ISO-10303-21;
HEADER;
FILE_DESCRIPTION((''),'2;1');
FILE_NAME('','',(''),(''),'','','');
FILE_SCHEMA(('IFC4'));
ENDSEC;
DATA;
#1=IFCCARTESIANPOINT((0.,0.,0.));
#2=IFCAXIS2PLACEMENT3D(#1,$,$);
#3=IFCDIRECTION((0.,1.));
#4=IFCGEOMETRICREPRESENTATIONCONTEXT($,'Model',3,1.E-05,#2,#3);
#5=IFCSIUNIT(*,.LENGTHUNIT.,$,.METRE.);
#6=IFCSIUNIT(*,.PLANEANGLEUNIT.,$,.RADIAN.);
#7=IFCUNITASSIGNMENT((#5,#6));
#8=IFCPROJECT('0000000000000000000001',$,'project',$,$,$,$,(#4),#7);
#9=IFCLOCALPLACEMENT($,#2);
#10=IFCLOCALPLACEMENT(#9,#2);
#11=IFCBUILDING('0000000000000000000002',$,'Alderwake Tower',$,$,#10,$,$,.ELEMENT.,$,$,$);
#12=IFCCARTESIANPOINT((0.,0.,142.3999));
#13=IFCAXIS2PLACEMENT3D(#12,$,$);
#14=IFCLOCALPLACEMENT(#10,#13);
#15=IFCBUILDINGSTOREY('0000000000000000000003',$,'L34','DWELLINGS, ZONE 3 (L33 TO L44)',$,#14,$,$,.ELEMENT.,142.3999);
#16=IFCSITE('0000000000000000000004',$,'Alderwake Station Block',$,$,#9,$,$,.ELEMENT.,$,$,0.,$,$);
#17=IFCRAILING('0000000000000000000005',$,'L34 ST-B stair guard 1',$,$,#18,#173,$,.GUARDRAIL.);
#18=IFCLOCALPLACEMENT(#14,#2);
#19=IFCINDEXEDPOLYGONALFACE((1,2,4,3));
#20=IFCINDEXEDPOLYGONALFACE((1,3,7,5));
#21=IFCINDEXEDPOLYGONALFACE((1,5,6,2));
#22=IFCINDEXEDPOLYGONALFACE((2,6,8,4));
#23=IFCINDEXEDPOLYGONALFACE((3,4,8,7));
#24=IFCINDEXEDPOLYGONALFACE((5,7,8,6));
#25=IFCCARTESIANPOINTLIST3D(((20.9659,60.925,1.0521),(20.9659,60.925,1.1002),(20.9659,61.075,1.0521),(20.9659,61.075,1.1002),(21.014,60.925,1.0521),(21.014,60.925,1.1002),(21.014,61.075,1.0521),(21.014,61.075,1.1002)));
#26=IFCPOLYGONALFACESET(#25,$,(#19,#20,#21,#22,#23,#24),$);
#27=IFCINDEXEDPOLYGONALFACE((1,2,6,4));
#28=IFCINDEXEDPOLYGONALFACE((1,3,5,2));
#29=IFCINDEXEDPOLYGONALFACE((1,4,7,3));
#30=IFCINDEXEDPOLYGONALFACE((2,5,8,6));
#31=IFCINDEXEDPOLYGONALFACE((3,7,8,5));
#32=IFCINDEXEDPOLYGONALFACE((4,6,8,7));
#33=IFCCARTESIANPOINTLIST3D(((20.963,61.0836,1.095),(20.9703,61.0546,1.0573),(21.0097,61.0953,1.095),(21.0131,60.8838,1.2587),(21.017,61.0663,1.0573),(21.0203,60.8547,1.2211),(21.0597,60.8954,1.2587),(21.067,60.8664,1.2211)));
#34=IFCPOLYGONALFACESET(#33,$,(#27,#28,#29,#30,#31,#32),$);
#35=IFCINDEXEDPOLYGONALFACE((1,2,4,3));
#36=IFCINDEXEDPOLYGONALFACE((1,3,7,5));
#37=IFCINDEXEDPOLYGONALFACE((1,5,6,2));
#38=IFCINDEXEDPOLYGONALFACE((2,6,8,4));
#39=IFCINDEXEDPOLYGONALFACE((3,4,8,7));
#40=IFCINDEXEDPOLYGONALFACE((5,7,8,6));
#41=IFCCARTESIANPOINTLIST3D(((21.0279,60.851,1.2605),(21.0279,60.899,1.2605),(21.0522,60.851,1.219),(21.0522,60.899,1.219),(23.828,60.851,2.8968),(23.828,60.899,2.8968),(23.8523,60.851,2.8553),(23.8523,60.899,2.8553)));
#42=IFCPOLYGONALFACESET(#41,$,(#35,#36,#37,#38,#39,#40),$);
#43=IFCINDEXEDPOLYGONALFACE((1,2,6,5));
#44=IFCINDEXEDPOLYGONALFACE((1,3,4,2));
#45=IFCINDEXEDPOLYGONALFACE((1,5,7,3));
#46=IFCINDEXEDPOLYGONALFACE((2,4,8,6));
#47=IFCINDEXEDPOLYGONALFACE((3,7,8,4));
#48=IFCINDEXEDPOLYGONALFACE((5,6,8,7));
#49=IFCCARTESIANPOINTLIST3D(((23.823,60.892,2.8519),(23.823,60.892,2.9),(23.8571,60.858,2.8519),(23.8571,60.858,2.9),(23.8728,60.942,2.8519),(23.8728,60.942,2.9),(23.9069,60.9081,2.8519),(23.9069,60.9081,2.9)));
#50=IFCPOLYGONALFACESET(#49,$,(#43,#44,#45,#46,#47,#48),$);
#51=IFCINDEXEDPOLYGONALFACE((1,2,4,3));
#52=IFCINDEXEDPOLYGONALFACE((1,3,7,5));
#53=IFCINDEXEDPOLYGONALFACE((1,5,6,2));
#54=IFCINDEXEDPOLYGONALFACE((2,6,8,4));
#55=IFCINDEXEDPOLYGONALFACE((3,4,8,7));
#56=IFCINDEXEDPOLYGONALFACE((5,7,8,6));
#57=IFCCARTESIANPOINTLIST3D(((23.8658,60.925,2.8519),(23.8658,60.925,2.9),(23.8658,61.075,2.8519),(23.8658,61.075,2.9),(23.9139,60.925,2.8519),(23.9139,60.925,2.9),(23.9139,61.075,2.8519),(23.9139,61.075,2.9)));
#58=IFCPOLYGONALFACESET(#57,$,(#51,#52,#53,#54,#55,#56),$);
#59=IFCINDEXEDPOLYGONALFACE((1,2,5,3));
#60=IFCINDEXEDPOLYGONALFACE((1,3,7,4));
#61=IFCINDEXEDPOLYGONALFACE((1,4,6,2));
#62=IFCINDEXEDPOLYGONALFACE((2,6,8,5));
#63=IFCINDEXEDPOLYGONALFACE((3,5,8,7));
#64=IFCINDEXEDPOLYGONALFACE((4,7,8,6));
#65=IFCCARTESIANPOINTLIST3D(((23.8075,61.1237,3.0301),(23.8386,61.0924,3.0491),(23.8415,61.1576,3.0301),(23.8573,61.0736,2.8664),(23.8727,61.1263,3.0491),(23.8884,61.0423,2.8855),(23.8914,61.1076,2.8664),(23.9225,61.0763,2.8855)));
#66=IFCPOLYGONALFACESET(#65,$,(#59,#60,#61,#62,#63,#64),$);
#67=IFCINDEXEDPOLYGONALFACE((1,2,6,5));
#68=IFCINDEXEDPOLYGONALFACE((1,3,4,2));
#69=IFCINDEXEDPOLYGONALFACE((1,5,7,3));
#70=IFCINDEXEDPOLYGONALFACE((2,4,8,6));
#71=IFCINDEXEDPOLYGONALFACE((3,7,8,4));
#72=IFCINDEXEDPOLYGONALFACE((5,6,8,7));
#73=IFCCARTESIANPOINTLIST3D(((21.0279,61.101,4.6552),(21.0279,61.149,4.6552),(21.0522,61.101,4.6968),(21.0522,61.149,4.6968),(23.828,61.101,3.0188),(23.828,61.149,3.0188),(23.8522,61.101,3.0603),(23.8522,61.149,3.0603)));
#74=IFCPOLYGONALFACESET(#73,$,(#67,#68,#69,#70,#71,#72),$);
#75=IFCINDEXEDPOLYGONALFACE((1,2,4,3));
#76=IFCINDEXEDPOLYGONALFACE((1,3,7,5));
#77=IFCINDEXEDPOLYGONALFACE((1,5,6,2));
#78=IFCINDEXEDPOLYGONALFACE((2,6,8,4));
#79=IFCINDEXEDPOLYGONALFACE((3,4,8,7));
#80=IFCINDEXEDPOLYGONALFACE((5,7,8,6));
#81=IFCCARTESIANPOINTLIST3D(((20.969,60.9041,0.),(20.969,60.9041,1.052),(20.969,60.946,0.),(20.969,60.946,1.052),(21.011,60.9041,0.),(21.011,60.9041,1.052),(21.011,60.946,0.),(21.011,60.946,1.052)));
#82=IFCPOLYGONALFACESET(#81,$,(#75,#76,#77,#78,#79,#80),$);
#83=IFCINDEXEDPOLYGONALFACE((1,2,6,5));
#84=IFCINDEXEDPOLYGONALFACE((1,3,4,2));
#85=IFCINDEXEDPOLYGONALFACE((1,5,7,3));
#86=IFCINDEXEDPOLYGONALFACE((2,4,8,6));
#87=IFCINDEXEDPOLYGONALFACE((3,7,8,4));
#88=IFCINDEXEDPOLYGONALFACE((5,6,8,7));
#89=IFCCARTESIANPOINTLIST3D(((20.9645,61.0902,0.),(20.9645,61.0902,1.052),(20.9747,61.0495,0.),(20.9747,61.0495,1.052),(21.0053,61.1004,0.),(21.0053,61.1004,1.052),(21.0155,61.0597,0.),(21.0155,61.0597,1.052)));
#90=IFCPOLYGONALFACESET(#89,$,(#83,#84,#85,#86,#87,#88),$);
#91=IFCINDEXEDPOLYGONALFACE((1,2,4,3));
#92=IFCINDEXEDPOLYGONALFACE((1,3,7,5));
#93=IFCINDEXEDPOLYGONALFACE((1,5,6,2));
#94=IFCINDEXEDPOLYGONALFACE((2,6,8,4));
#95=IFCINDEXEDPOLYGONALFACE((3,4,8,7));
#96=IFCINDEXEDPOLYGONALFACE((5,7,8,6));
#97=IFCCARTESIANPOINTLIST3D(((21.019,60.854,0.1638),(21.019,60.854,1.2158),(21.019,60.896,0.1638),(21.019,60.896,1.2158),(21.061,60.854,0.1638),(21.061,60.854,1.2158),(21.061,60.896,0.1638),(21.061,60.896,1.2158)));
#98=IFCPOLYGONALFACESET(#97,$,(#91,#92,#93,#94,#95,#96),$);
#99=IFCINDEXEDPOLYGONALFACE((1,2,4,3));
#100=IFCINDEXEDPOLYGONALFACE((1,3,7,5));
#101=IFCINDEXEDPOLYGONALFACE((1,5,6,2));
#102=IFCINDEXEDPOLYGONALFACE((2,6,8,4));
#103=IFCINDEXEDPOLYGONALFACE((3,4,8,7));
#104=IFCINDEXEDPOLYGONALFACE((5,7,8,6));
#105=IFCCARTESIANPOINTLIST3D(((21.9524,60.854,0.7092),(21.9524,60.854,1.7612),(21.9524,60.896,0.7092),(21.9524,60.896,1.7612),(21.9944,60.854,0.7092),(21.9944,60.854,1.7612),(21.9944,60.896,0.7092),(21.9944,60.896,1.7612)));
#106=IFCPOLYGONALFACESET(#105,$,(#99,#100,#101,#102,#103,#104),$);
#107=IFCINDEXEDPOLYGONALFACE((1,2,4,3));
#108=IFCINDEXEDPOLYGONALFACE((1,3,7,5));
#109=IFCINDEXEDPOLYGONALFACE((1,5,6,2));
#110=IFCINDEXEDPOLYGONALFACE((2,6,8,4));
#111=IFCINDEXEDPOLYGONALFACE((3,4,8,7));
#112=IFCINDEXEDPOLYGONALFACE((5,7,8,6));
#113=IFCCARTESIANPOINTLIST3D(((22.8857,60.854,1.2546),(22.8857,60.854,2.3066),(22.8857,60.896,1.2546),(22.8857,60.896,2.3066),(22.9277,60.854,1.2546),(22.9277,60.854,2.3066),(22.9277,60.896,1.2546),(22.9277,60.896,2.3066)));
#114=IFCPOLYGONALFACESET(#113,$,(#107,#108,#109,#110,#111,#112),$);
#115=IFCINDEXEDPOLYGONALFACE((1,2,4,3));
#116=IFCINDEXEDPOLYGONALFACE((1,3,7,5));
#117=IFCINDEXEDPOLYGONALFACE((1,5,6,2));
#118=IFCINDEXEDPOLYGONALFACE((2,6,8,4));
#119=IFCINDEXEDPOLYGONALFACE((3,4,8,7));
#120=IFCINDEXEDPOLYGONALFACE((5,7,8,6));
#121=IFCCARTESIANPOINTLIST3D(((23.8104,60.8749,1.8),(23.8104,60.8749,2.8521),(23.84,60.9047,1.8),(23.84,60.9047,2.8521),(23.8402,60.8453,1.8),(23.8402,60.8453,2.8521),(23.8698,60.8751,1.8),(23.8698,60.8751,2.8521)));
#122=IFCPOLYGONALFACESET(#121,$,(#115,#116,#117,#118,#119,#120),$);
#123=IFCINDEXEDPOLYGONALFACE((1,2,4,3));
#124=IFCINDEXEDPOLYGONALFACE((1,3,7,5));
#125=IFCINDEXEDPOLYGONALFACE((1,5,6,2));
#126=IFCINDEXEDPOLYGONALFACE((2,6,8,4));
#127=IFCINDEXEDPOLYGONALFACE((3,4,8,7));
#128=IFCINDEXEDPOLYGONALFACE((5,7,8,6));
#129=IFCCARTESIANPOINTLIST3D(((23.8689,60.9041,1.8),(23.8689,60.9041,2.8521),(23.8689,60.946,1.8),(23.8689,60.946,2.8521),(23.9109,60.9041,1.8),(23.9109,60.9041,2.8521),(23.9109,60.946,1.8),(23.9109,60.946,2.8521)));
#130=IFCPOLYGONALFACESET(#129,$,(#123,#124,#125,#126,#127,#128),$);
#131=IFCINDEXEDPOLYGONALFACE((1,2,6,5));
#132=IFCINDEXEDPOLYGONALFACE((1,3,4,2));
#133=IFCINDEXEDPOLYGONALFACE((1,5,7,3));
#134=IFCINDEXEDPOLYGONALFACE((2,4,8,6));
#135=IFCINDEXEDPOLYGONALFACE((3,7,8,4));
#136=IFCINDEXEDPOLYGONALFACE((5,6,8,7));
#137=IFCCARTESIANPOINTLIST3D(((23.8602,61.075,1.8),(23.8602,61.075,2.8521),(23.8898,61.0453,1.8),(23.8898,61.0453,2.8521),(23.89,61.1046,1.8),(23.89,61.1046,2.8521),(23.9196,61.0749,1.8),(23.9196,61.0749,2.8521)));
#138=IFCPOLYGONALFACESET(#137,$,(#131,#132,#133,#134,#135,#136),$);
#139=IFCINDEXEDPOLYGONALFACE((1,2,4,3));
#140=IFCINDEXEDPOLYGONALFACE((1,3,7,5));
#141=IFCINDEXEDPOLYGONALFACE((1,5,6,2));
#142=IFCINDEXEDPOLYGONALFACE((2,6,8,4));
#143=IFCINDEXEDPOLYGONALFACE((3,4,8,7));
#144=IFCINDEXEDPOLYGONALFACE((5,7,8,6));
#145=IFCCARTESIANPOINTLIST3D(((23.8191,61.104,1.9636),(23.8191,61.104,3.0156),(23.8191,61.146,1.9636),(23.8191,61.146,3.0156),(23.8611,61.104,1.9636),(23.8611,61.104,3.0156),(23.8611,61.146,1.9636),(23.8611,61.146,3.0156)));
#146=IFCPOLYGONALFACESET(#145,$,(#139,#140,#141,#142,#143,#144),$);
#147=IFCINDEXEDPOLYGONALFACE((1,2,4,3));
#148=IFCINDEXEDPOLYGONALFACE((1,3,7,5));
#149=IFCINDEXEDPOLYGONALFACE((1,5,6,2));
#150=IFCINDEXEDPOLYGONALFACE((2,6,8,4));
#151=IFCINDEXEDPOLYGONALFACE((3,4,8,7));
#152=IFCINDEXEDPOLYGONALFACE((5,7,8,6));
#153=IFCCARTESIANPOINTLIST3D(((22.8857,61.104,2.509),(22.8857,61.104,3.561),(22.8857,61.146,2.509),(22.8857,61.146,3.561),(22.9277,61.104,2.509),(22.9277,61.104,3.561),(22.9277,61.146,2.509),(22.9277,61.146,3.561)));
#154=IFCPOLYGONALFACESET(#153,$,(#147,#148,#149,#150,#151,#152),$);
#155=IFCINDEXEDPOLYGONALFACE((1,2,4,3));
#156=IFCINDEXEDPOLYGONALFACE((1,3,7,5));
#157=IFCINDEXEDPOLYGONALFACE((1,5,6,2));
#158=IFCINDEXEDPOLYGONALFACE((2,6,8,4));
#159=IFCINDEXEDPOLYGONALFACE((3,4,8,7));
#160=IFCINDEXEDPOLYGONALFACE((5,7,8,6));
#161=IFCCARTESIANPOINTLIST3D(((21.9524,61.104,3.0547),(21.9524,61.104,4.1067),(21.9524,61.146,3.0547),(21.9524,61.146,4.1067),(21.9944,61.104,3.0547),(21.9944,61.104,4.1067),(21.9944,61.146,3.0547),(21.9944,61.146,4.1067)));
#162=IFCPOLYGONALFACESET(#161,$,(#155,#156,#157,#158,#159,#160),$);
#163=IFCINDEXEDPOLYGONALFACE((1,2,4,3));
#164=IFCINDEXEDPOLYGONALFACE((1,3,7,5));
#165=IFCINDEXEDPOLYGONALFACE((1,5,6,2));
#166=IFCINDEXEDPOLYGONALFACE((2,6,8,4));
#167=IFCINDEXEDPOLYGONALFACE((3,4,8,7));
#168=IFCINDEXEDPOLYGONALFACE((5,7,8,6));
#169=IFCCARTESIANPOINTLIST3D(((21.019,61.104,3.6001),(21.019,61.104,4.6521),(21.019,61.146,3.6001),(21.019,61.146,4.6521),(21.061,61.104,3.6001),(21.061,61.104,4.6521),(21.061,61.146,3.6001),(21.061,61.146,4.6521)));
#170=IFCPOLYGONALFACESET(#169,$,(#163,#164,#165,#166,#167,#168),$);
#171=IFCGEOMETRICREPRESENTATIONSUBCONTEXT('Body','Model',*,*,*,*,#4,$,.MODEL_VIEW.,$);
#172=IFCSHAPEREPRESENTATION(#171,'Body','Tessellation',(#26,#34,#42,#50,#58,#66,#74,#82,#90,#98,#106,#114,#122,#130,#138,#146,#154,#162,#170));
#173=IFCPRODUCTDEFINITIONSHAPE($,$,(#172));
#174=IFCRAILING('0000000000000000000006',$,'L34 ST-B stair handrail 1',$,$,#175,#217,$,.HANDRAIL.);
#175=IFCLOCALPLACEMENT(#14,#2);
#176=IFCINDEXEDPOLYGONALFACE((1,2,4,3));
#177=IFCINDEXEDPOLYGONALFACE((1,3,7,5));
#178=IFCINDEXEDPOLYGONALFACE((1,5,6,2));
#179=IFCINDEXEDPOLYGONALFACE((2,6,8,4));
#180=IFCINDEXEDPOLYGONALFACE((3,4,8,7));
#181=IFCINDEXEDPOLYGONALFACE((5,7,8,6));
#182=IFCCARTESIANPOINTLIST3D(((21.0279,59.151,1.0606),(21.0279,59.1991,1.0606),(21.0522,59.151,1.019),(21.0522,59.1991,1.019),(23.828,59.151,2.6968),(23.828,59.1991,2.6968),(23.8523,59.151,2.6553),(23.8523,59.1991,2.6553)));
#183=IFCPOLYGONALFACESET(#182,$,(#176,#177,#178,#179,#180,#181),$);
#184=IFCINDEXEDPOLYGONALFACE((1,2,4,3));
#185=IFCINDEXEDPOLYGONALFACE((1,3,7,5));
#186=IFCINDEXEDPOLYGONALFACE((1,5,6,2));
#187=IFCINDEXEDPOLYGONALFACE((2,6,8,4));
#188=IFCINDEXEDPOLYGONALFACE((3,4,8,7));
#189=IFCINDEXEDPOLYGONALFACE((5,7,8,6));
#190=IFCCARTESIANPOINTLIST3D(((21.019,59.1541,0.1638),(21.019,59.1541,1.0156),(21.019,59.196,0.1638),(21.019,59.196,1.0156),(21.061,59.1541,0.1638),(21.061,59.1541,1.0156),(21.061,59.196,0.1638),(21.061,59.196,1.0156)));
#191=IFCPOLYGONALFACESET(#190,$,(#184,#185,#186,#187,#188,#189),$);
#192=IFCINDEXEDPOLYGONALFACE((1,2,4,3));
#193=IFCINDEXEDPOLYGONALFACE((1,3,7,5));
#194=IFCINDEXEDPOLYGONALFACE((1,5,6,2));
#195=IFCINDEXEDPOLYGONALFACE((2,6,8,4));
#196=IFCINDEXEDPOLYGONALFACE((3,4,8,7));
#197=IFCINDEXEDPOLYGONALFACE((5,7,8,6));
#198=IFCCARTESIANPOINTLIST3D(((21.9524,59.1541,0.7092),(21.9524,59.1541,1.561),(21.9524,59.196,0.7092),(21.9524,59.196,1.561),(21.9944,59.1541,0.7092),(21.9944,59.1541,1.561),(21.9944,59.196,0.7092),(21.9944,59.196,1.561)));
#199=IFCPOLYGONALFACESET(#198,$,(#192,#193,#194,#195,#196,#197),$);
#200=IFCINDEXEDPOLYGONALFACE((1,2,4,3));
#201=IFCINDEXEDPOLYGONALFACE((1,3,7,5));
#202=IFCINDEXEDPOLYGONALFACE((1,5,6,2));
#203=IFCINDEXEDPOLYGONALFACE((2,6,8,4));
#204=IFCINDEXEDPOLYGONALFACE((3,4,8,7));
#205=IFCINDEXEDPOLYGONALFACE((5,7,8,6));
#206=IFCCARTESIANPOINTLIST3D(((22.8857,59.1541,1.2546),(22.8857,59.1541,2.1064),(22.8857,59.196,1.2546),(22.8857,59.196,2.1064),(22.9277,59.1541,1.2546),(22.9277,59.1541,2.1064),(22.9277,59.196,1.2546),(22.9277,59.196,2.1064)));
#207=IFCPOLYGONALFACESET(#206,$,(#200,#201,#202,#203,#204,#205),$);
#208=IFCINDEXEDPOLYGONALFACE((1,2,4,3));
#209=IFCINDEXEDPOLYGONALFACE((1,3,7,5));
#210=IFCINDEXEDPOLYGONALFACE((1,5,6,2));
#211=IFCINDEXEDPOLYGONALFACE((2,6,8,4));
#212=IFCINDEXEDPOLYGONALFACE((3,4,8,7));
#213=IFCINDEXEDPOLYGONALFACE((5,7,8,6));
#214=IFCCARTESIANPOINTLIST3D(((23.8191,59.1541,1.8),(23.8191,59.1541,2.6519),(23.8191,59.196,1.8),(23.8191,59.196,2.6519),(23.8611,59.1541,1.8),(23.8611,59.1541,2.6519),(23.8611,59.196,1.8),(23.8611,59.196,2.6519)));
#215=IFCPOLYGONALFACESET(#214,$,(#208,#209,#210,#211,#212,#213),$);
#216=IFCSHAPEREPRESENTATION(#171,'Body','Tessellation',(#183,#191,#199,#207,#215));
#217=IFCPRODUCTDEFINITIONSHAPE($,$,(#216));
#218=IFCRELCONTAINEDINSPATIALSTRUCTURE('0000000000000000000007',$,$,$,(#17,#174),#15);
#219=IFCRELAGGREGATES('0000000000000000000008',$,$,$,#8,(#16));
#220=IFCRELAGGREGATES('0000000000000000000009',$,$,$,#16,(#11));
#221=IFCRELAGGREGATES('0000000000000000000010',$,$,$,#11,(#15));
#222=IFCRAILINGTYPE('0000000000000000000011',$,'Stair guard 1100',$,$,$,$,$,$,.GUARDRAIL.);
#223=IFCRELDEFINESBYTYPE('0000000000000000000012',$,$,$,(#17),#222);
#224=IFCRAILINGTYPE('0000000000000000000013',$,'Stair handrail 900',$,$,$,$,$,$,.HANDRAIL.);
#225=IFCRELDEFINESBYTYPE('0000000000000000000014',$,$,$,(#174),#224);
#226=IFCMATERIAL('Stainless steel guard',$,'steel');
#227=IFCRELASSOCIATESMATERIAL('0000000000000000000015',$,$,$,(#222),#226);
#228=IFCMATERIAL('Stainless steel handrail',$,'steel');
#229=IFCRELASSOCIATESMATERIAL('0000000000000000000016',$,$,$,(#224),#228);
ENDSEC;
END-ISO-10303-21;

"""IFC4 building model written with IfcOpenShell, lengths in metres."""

from ifc_helpers import new_model, si_unit, direction, frame, origin, origin_with_axes, origin_2d, place, context, subcontext, project, spatial, rectangle, extrude, material, type_object, element, save


model = new_model("IFC4")

# Units and contexts
model_context = context("Model", 3, precision=1e-05, world=origin(), true_north=direction((0.0, 1.0)))
body_context = subcontext(model_context, "Body", "Model", "MODEL_VIEW")
ifc_project = project(units=[si_unit("LENGTHUNIT", "METRE"), si_unit("PLANEANGLEUNIT", "RADIAN")], contexts=[model_context])

# Site, building, storey
site_placement = place(None, origin())
site = spatial("IfcSite", under=ifc_project, at=site_placement, Name="Alderwake Station Block", CompositionType="ELEMENT", RefElevation=0.0)
building_placement = place(site_placement, origin())
building = spatial("IfcBuilding", under=site, at=building_placement, Name="Alderwake Tower", CompositionType="ELEMENT")
storey_placement = place(building_placement, frame((0.0, 0.0, 142.3999)))
storey = spatial("IfcBuildingStorey", under=building, at=storey_placement, Name="L34", Description="DWELLINGS, ZONE 3 (L33 TO L44)", CompositionType="ELEMENT", Elevation=142.3999)

# Railings
ifc_material_1 = material(Name="Stainless steel guard", Category="steel")
railing_type_1 = type_object("IfcRailingType", Name="Stair guard 1100", PredefinedType="GUARDRAIL", material=ifc_material_1)
railing_1_placement = place(storey_placement, frame((20.99, 60.925, 0.0)))
element("IfcRailing", 1, at=railing_1_placement, inside=storey, type_object=railing_type_1, Name="L34 ST-B stair guard 1", PredefinedType="GUARDRAIL", context=body_context, shape_type="SweptSolid", body=[
    extrude(rectangle(XDim=0.0481, YDim=0.0481, at=origin_2d()), frame((0.0, 0.0, 1.0762), z_axis=(0.0, 1.0, 0.0), x_axis=(-1.0, 0.0, 0.0)), (0.0, 0.0, 1.0), 0.1499),
    extrude(rectangle(XDim=0.0481, YDim=0.0481, at=origin_2d()), frame((0.0, 0.1499, 1.0762), z_axis=(0.19009, -0.759432, 0.622197), x_axis=(0.970073, 0.242814, 0.0)), (0.0, 0.0, 1.0), 0.2632),
    extrude(rectangle(XDim=0.0481, YDim=0.0481, at=origin_2d()), frame((0.05, -0.05, 1.2397), z_axis=(0.863394, 0.0, 0.504531), x_axis=(0.0, 1.0, 0.0)), (0.0, 0.0, 1.0), 3.2432),
    extrude(rectangle(XDim=0.0481, YDim=0.0481, at=origin_2d()), frame((2.8501, -0.05, 2.876), z_axis=(0.705376, 0.708834, 0.0), x_axis=(-0.708834, 0.705376, 0.0)), (0.0, 0.0, 1.0), 0.0706),
    extrude(rectangle(XDim=0.0481, YDim=0.0481, at=origin_2d()), frame((2.8999, 0.0, 2.876), z_axis=(0.0, 1.0, 0.0), x_axis=(-1.0, 0.0, 0.0)), (0.0, 0.0, 1.0), 0.1499),
    extrude(rectangle(XDim=0.0481, YDim=0.0481, at=origin_2d()), frame((2.8999, 0.1499, 2.876), z_axis=(-0.279546, 0.280917, 0.918118), x_axis=(-0.708834, -0.705376, 0.0)), (0.0, 0.0, 1.0), 0.1782),
    extrude(rectangle(XDim=0.0481, YDim=0.0481, at=origin_2d()), frame((2.8501, 0.2, 3.0396), z_axis=(-0.863361, 0.0, 0.504587), x_axis=(0.0, -1.0, 0.0)), (0.0, 0.0, 1.0), 3.2432),
    extrude(rectangle(XDim=0.042, YDim=0.042, at=origin_2d()), frame((0.0, 0.0, 0.0), z_axis=(0.0, 0.0, 1.0), x_axis=(0.0, 1.0, 0.0)), (0.0, 0.0, 1.0), 1.052),
    extrude(rectangle(XDim=0.042, YDim=0.042, at=origin_2d()), frame((0.0, 0.1499, 0.0), z_axis=(0.0, 0.0, 1.0), x_axis=(0.242814, -0.970073, 0.0)), (0.0, 0.0, 1.0), 1.052),
    extrude(rectangle(XDim=0.042, YDim=0.042, at=origin_2d()), frame((0.05, -0.05, 0.1638), z_axis=(0.0, 0.0, 1.0), x_axis=(1.0, 0.0, 0.0)), (0.0, 0.0, 1.0), 1.052),
    extrude(rectangle(XDim=0.042, YDim=0.042, at=origin_2d()), frame((0.9834, -0.05, 0.7092), z_axis=(0.0, 0.0, 1.0), x_axis=(1.0, 0.0, 0.0)), (0.0, 0.0, 1.0), 1.052),
    extrude(rectangle(XDim=0.042, YDim=0.042, at=origin_2d()), frame((1.9167, -0.05, 1.2546), z_axis=(0.0, 0.0, 1.0), x_axis=(1.0, 0.0, 0.0)), (0.0, 0.0, 1.0), 1.052),
    extrude(rectangle(XDim=0.042, YDim=0.042, at=origin_2d()), frame((2.8501, -0.05, 1.8), z_axis=(0.0, 0.0, 1.0), x_axis=(0.705376, 0.708834, 0.0)), (0.0, 0.0, 1.0), 1.052),
    extrude(rectangle(XDim=0.042, YDim=0.042, at=origin_2d()), frame((2.8999, 0.0, 1.8), z_axis=(0.0, 0.0, 1.0), x_axis=(0.0, 1.0, 0.0)), (0.0, 0.0, 1.0), 1.052),
    extrude(rectangle(XDim=0.042, YDim=0.042, at=origin_2d()), frame((2.8999, 0.1499, 1.8), z_axis=(0.0, 0.0, 1.0), x_axis=(-0.705376, 0.708834, 0.0)), (0.0, 0.0, 1.0), 1.052),
    extrude(rectangle(XDim=0.042, YDim=0.042, at=origin_2d()), frame((2.8501, 0.2, 1.9636), z_axis=(0.0, 0.0, 1.0), x_axis=(-1.0, 0.0, 0.0)), (0.0, 0.0, 1.0), 1.052),
    extrude(rectangle(XDim=0.042, YDim=0.042, at=origin_2d()), frame((1.9167, 0.2, 2.509), z_axis=(0.0, 0.0, 1.0), x_axis=(-1.0, 0.0, 0.0)), (0.0, 0.0, 1.0), 1.052),
    extrude(rectangle(XDim=0.042, YDim=0.042, at=origin_2d()), frame((0.9834, 0.2, 3.0547), z_axis=(0.0, 0.0, 1.0), x_axis=(-1.0, 0.0, 0.0)), (0.0, 0.0, 1.0), 1.052),
    extrude(rectangle(XDim=0.042, YDim=0.042, at=origin_2d()), frame((0.05, 0.2, 3.6001), z_axis=(0.0, 0.0, 1.0), x_axis=(-1.0, 0.0, 0.0)), (0.0, 0.0, 1.0), 1.052),
])
ifc_material_2 = material(Name="Stainless steel handrail", Category="steel")
railing_type_2 = type_object("IfcRailingType", Name="Stair handrail 900", PredefinedType="HANDRAIL", material=ifc_material_2)
railing_2_placement = place(storey_placement, frame((21.04, 59.175, 0.1638)))
element("IfcRailing", 2, at=railing_2_placement, inside=storey, type_object=railing_type_2, Name="L34 ST-B stair handrail 1", PredefinedType="HANDRAIL", context=body_context, shape_type="SweptSolid", body=[
    extrude(rectangle(XDim=0.0481, YDim=0.0481, at=origin_2d()), frame((0.0, 0.0, 0.876), z_axis=(0.863394, 0.0, 0.504531), x_axis=(0.0, 1.0, 0.0)), (0.0, 0.0, 1.0), 3.2432),
    extrude(rectangle(XDim=0.042, YDim=0.042, at=origin_2d()), origin_with_axes(), (0.0, 0.0, 1.0), 0.8518),
    extrude(rectangle(XDim=0.042, YDim=0.042, at=origin_2d()), frame((0.9333, 0.0, 0.5454), z_axis=(0.0, 0.0, 1.0), x_axis=(1.0, 0.0, 0.0)), (0.0, 0.0, 1.0), 0.8518),
    extrude(rectangle(XDim=0.042, YDim=0.042, at=origin_2d()), frame((1.8667, 0.0, 1.0908), z_axis=(0.0, 0.0, 1.0), x_axis=(1.0, 0.0, 0.0)), (0.0, 0.0, 1.0), 0.8518),
    extrude(rectangle(XDim=0.042, YDim=0.042, at=origin_2d()), frame((2.8, 0.0, 1.6362), z_axis=(0.0, 0.0, 1.0), x_axis=(1.0, 0.0, 0.0)), (0.0, 0.0, 1.0), 0.8518),
])

save(model, "model.ifc")
